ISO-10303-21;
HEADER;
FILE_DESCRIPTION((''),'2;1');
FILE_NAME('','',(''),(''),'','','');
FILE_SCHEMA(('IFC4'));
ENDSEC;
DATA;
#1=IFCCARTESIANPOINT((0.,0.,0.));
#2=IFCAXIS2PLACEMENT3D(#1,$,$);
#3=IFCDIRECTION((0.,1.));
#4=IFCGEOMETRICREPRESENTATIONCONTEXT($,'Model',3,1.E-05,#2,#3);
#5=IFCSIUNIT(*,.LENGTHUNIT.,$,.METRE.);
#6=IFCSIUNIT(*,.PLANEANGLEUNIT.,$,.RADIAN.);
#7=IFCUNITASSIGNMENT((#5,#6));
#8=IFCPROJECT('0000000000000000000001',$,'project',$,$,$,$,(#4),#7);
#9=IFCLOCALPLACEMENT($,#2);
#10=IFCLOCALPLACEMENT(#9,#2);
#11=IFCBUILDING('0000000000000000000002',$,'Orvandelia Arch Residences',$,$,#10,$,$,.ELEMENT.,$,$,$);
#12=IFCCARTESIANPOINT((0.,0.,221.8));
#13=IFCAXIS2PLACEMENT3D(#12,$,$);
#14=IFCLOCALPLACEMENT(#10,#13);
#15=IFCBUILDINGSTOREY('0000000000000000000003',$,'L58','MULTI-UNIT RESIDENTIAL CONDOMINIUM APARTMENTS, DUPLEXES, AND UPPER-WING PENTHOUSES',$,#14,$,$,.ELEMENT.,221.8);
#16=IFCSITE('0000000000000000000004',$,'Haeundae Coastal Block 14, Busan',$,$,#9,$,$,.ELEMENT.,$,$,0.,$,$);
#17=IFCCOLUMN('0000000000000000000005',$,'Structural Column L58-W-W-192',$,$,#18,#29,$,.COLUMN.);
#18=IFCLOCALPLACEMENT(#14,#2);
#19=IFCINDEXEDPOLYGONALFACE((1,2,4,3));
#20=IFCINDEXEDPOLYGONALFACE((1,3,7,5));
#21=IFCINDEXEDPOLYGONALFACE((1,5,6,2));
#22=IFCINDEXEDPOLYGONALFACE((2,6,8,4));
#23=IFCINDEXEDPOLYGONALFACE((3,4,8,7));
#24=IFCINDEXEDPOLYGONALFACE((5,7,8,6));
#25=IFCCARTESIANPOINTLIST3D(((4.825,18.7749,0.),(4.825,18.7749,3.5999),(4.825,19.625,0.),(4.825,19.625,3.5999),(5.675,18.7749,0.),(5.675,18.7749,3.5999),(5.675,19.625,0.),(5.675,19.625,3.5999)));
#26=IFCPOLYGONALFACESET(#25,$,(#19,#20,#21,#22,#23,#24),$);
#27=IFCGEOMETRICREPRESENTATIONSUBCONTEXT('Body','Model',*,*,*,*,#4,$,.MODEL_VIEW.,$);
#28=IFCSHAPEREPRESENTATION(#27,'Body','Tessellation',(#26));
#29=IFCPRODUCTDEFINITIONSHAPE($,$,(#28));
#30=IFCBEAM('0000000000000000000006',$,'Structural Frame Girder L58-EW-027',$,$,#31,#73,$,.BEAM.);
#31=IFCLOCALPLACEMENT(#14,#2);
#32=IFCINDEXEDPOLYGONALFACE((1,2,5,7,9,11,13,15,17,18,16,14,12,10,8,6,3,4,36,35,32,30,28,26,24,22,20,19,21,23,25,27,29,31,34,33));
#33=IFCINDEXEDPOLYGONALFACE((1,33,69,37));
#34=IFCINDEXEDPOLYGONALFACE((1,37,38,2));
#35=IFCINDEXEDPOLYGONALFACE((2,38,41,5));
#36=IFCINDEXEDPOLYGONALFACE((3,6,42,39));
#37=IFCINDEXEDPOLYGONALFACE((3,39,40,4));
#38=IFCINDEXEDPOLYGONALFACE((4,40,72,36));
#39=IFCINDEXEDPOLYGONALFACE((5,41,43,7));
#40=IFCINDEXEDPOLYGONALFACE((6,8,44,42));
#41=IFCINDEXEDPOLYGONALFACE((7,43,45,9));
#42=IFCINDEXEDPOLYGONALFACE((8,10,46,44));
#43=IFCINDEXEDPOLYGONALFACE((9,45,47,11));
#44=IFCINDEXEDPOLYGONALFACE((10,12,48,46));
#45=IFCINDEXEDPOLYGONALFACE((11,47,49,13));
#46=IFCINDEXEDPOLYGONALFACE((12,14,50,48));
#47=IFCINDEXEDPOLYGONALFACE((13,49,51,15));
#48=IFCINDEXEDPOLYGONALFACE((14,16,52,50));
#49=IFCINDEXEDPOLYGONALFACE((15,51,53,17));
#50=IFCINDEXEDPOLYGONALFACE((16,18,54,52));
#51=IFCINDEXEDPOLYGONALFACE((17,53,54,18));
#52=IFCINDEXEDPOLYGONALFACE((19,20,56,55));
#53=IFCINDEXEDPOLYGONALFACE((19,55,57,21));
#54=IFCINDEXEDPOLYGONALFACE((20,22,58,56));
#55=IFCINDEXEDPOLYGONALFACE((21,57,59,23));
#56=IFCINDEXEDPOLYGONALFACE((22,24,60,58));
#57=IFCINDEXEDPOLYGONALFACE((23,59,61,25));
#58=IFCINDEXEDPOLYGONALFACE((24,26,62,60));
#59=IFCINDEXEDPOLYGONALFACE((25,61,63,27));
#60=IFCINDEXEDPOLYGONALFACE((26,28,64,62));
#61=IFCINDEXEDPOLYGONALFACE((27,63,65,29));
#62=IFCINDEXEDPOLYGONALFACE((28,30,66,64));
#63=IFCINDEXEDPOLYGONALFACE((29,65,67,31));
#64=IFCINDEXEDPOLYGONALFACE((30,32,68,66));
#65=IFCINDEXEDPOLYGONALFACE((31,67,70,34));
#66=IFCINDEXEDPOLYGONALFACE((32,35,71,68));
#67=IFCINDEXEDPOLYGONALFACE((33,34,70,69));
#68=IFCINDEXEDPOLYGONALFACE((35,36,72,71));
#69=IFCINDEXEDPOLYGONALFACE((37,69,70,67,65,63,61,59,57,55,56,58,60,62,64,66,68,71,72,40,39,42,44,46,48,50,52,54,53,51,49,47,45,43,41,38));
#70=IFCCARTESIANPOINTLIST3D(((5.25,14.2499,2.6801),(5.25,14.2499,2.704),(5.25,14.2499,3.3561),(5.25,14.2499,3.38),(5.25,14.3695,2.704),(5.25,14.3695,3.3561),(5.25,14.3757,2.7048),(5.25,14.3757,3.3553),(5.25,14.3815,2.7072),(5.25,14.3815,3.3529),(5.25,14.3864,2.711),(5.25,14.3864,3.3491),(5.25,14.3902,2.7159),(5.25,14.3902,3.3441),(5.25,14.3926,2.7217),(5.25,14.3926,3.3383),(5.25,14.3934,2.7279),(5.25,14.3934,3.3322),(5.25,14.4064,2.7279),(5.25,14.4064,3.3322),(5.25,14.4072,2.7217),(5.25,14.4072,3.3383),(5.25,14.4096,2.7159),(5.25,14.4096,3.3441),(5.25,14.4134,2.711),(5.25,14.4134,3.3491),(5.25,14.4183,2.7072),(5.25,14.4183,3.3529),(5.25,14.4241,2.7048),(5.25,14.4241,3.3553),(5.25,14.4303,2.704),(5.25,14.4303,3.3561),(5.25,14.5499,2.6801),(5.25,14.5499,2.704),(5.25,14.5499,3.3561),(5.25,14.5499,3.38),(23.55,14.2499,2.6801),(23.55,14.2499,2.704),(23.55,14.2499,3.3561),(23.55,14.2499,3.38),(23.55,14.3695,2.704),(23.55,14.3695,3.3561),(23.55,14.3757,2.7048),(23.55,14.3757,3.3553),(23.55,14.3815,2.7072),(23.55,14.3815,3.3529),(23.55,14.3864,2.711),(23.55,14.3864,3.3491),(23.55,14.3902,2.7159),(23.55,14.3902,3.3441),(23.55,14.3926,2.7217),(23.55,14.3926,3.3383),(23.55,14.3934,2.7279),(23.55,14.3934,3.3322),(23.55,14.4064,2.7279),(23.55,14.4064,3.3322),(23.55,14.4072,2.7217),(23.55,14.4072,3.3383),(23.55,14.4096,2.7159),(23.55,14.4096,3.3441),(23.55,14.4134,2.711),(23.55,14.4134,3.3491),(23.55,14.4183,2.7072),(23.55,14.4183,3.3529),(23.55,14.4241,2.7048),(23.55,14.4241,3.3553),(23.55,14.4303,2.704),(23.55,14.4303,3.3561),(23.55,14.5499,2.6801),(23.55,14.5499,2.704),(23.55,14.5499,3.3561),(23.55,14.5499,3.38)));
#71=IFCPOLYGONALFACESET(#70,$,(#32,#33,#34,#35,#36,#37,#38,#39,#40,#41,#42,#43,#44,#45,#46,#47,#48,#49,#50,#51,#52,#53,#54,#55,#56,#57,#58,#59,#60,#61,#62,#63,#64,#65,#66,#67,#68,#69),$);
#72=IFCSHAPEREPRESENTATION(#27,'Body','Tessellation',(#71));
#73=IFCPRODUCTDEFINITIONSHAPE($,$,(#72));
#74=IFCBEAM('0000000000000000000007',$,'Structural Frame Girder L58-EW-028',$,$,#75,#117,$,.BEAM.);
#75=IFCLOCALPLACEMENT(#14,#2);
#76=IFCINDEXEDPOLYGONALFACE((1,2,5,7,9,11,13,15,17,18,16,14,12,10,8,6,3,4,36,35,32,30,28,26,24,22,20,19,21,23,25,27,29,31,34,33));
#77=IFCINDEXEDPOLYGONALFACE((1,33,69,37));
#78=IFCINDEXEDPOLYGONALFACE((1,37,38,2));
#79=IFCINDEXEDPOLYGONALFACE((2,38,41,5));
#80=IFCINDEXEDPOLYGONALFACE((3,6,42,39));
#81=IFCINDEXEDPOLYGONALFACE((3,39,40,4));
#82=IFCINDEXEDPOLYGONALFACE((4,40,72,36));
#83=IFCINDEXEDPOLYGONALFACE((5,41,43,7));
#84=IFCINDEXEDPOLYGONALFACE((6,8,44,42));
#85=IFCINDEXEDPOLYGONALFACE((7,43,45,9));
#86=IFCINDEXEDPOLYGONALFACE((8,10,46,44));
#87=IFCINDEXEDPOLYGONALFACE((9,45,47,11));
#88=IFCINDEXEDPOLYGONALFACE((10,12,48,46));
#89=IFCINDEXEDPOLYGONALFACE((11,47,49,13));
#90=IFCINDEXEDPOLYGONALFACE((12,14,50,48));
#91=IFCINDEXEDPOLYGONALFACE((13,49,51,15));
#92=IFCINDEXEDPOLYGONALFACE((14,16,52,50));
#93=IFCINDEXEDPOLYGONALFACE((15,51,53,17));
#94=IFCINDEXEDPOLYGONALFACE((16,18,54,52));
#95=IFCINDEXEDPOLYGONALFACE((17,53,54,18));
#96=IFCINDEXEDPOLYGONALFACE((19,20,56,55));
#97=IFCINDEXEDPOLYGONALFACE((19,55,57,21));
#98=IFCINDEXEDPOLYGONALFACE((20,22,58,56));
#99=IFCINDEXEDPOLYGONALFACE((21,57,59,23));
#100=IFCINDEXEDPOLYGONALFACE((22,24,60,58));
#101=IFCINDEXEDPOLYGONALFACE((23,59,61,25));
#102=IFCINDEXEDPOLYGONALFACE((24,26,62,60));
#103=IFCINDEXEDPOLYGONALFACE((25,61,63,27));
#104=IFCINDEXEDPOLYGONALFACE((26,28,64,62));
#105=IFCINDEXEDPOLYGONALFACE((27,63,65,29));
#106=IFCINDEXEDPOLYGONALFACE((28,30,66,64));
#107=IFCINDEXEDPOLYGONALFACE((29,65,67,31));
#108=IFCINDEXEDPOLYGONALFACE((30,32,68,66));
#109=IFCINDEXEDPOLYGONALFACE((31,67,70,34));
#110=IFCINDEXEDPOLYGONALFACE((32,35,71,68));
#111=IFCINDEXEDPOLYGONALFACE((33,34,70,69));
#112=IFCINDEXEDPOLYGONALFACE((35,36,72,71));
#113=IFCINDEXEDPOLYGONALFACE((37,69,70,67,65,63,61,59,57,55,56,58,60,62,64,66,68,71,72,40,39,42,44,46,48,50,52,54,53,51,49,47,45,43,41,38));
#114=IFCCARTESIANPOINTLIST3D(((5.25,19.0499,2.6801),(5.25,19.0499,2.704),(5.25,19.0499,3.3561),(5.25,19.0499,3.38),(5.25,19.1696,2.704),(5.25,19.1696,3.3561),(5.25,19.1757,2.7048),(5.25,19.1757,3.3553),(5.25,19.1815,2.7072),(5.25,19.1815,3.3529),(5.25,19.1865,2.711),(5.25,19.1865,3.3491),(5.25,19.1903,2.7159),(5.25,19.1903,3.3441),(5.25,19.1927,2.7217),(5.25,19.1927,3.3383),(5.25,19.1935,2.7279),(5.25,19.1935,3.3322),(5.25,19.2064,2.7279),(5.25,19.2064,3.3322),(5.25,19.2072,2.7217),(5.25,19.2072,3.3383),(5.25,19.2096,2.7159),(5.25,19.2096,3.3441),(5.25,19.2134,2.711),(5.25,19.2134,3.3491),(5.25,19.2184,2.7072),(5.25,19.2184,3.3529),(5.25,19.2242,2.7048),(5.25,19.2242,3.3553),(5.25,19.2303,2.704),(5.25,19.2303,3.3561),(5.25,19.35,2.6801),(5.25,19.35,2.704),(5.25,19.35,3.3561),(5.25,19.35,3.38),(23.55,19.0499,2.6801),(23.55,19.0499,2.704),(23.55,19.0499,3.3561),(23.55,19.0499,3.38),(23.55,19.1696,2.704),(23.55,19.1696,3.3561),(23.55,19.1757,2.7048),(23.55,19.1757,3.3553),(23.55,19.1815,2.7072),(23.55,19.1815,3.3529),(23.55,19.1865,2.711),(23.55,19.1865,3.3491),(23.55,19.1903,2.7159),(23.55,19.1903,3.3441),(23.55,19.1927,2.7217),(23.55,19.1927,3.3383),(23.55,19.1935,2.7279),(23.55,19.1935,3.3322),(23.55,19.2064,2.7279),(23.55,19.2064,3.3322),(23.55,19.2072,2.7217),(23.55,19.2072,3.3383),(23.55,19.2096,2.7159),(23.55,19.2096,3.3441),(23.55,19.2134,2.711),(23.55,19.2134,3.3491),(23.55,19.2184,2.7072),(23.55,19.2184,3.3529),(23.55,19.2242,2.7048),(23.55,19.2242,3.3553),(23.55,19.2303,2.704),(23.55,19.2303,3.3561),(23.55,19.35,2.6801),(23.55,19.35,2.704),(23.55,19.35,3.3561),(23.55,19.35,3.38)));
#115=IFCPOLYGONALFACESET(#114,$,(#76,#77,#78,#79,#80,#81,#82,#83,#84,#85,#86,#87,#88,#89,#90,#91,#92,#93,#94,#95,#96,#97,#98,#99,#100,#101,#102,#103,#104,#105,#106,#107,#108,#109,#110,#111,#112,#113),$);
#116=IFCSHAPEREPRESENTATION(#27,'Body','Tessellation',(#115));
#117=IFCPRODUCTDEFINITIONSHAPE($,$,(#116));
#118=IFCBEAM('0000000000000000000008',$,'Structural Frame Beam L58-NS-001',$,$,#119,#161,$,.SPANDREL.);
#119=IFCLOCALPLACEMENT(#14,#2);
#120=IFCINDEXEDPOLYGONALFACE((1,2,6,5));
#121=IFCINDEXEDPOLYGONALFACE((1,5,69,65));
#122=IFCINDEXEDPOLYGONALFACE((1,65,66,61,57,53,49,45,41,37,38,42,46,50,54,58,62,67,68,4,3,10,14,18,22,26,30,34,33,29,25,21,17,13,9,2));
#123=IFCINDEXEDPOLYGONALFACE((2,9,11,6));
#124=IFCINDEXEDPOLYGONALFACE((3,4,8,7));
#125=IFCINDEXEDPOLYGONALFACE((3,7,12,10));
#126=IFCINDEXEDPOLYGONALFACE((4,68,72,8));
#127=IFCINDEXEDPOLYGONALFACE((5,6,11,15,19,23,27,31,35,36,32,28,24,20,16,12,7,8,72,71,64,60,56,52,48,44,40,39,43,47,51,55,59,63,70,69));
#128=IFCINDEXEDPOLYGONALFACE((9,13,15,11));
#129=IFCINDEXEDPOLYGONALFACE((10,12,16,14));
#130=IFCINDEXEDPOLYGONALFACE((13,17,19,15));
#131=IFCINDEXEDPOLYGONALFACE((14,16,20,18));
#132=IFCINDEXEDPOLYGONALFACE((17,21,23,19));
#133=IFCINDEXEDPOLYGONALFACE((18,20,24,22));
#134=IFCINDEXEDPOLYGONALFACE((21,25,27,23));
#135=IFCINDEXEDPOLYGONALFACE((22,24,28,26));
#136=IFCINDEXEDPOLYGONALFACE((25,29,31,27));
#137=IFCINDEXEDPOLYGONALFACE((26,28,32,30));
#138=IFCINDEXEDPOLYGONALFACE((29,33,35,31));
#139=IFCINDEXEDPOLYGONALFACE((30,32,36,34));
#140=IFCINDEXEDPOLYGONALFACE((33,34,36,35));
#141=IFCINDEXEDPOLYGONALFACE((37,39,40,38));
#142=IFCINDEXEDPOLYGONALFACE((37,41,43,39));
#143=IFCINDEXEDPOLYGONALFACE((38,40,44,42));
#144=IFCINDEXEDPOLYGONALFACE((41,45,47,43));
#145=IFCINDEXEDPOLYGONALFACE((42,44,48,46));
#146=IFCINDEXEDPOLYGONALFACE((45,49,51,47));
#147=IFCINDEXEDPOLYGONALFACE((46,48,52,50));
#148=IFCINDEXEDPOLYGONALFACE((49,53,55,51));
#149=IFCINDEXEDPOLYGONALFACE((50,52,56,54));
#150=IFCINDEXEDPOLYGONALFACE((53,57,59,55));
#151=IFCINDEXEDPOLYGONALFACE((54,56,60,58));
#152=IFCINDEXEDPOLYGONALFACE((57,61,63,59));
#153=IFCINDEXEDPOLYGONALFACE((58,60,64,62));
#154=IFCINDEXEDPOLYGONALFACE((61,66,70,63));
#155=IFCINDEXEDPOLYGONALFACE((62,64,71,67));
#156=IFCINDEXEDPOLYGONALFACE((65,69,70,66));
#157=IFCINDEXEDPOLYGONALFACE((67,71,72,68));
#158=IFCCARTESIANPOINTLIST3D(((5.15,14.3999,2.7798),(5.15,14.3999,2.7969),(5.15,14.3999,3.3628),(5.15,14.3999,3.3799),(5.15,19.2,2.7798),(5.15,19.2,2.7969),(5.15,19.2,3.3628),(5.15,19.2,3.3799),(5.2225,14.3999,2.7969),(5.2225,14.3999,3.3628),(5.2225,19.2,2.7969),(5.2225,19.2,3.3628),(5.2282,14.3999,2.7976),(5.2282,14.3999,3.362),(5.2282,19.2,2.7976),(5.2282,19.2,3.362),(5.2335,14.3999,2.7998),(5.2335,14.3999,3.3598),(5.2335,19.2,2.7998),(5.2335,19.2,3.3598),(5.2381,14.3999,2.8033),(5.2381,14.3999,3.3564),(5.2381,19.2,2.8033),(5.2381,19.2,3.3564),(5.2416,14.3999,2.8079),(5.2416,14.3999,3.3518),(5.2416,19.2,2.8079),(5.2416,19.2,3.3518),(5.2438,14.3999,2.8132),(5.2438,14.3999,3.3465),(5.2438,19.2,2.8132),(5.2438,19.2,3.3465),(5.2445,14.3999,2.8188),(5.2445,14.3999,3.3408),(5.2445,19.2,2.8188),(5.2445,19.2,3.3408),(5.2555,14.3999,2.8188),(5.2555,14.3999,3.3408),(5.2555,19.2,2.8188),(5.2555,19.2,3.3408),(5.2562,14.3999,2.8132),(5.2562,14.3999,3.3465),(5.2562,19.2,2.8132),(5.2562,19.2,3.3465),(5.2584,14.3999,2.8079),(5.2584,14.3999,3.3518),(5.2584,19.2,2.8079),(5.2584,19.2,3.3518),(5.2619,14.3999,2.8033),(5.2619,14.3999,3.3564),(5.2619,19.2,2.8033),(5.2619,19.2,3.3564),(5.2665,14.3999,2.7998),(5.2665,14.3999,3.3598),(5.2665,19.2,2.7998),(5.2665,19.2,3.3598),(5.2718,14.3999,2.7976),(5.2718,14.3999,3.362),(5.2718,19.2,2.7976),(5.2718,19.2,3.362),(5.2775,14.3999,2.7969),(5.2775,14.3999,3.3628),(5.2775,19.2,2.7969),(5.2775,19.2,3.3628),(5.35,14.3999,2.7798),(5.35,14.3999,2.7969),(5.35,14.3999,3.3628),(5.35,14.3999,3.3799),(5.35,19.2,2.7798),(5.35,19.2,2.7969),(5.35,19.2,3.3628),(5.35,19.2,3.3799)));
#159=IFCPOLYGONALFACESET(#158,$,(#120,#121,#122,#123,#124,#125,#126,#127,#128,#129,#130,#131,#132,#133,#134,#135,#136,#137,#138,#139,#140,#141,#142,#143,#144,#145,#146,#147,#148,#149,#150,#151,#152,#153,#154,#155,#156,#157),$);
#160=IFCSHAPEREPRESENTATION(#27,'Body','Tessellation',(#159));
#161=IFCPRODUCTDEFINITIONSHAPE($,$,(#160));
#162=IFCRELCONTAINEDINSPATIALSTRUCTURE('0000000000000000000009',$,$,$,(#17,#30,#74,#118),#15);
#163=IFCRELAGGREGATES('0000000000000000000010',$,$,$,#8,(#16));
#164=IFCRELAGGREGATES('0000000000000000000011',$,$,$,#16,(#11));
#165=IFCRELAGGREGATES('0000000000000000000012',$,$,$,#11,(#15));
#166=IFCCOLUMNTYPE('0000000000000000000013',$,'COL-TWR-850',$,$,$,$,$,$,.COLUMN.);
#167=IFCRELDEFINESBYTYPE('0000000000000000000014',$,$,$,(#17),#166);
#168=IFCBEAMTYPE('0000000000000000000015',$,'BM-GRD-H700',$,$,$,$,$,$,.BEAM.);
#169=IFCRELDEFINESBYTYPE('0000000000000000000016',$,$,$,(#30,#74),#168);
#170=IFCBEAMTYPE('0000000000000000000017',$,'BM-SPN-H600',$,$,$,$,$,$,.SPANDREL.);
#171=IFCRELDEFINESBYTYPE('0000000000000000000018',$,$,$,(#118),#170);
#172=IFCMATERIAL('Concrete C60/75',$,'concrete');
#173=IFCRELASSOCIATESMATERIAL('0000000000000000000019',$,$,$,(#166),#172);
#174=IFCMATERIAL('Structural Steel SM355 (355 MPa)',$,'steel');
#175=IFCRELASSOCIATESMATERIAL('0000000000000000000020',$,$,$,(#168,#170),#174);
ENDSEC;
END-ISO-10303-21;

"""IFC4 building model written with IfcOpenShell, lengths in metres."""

from ifc_helpers import new_model, si_unit, direction, frame, origin, origin_2d, place, context, subcontext, project, spatial, rectangle, i_section, extrude, material, material_profile, profile_set, type_object, element, save


model = new_model("IFC4")

# Units and contexts
model_context = context("Model", 3, precision=1e-05, world=origin(), true_north=direction((0.0, 1.0)))
body_context = subcontext(model_context, "Body", "Model", "MODEL_VIEW")
ifc_project = project(units=[si_unit("LENGTHUNIT", "METRE"), si_unit("PLANEANGLEUNIT", "RADIAN")], contexts=[model_context])

# Site, building, storey
site_placement = place(None, origin())
site = spatial("IfcSite", under=ifc_project, at=site_placement, Name="Haeundae Coastal Block 14, Busan", CompositionType="ELEMENT", RefElevation=0.0)
building_placement = place(site_placement, origin())
building = spatial("IfcBuilding", under=site, at=building_placement, Name="Orvandelia Arch Residences", CompositionType="ELEMENT")
storey_placement = place(building_placement, frame((0.0, 0.0, 221.8)))
storey = spatial("IfcBuildingStorey", under=building, at=storey_placement, Name="L58", Description="MULTI-UNIT RESIDENTIAL CONDOMINIUM APARTMENTS, DUPLEXES, AND UPPER-WING PENTHOUSES", CompositionType="ELEMENT", Elevation=221.8)

# Column
ifc_material_1 = material(Name="Concrete C60/75", Category="concrete")
ifc_material_profile_1 = material_profile(ifc_material_1, rectangle(XDim=0.8501, YDim=0.8501, at=origin_2d()), Name="Concrete C60/75", Category="concrete")
ifc_profile_set_1 = profile_set([ifc_material_profile_1], Name="Concrete C60/75")
column_type = type_object("IfcColumnType", Name="COL-TWR-850", PredefinedType="COLUMN", material=ifc_profile_set_1)
column_placement = place(storey_placement, frame((5.25, 19.2, 0.0), z_axis=(0.0, 0.0, 1.0), x_axis=(1.0, 0.0, 0.0)))
element("IfcColumn", 1, at=column_placement, inside=storey, type_object=column_type, Name="Structural Column L58-W-W-192", PredefinedType="COLUMN", context=body_context, shape_type="SweptSolid", body=[
    extrude(rectangle(XDim=0.8501, YDim=0.8501, at=origin_2d()), origin(), (0.0, 0.0, 1.0), 3.5999),
])

# Beams
ifc_material_2 = material(Name="Structural Steel SM355 (355 MPa)", Category="steel")
ifc_material_profile_2 = material_profile(ifc_material_2, i_section(OverallWidth=0.3, OverallDepth=0.7, WebThickness=0.0129, FlangeThickness=0.0239, FilletRadius=0.0239, at=origin_2d()), Name="Structural Steel SM355 (355 MPa)", Category="steel")
ifc_profile_set_2 = profile_set([ifc_material_profile_2], Name="Structural Steel SM355 (355 MPa)")
beam_type_1 = type_object("IfcBeamType", Name="BM-GRD-H700", PredefinedType="BEAM", material=ifc_profile_set_2)
for number, where, z_axis, x_axis, name in (
    (2, (5.25, 14.3999, 3.03), (1.0, 0.0, 0.0), (0.0, 1.0, 0.0), "Structural Frame Girder L58-EW-027"),
    (3, (5.25, 19.2, 3.03), (1.0, 0.0, 0.0), (0.0, 1.0, 0.0), "Structural Frame Girder L58-EW-028"),
):
    element("IfcBeam", number, at=place(storey_placement, frame(where, z_axis=z_axis, x_axis=x_axis)), inside=storey, type_object=beam_type_1, Name=name, PredefinedType="BEAM", context=body_context, shape_type="SweptSolid", body=[
        extrude(i_section(OverallWidth=0.3, OverallDepth=0.7, WebThickness=0.0129, FlangeThickness=0.0239, FilletRadius=0.0239, at=origin_2d()), origin(), (0.0, 0.0, 1.0), 18.3),
    ])
ifc_material_profile_3 = material_profile(ifc_material_2, i_section(OverallWidth=0.2, OverallDepth=0.6001, WebThickness=0.011, FlangeThickness=0.0171, FilletRadius=0.022, at=origin_2d()), Name="Structural Steel SM355 (355 MPa)", Category="steel")
ifc_profile_set_3 = profile_set([ifc_material_profile_3], Name="Structural Steel SM355 (355 MPa)")
beam_type_2 = type_object("IfcBeamType", Name="BM-SPN-H600", PredefinedType="SPANDREL", material=ifc_profile_set_3)
for number, where, z_axis, x_axis, name in (
    (4, (5.25, 14.3999, 3.0798), (0.0, 1.0, 0.0), (-1.0, 0.0, 0.0), "Structural Frame Beam L58-NS-001"),
):
    element("IfcBeam", number, at=place(storey_placement, frame(where, z_axis=z_axis, x_axis=x_axis)), inside=storey, type_object=beam_type_2, Name=name, PredefinedType="SPANDREL", context=body_context, shape_type="SweptSolid", body=[
        extrude(i_section(OverallWidth=0.2, OverallDepth=0.6001, WebThickness=0.011, FlangeThickness=0.0171, FilletRadius=0.022, at=origin_2d()), origin(), (0.0, 0.0, 1.0), 4.8),
    ])

save(model, "model.ifc")
